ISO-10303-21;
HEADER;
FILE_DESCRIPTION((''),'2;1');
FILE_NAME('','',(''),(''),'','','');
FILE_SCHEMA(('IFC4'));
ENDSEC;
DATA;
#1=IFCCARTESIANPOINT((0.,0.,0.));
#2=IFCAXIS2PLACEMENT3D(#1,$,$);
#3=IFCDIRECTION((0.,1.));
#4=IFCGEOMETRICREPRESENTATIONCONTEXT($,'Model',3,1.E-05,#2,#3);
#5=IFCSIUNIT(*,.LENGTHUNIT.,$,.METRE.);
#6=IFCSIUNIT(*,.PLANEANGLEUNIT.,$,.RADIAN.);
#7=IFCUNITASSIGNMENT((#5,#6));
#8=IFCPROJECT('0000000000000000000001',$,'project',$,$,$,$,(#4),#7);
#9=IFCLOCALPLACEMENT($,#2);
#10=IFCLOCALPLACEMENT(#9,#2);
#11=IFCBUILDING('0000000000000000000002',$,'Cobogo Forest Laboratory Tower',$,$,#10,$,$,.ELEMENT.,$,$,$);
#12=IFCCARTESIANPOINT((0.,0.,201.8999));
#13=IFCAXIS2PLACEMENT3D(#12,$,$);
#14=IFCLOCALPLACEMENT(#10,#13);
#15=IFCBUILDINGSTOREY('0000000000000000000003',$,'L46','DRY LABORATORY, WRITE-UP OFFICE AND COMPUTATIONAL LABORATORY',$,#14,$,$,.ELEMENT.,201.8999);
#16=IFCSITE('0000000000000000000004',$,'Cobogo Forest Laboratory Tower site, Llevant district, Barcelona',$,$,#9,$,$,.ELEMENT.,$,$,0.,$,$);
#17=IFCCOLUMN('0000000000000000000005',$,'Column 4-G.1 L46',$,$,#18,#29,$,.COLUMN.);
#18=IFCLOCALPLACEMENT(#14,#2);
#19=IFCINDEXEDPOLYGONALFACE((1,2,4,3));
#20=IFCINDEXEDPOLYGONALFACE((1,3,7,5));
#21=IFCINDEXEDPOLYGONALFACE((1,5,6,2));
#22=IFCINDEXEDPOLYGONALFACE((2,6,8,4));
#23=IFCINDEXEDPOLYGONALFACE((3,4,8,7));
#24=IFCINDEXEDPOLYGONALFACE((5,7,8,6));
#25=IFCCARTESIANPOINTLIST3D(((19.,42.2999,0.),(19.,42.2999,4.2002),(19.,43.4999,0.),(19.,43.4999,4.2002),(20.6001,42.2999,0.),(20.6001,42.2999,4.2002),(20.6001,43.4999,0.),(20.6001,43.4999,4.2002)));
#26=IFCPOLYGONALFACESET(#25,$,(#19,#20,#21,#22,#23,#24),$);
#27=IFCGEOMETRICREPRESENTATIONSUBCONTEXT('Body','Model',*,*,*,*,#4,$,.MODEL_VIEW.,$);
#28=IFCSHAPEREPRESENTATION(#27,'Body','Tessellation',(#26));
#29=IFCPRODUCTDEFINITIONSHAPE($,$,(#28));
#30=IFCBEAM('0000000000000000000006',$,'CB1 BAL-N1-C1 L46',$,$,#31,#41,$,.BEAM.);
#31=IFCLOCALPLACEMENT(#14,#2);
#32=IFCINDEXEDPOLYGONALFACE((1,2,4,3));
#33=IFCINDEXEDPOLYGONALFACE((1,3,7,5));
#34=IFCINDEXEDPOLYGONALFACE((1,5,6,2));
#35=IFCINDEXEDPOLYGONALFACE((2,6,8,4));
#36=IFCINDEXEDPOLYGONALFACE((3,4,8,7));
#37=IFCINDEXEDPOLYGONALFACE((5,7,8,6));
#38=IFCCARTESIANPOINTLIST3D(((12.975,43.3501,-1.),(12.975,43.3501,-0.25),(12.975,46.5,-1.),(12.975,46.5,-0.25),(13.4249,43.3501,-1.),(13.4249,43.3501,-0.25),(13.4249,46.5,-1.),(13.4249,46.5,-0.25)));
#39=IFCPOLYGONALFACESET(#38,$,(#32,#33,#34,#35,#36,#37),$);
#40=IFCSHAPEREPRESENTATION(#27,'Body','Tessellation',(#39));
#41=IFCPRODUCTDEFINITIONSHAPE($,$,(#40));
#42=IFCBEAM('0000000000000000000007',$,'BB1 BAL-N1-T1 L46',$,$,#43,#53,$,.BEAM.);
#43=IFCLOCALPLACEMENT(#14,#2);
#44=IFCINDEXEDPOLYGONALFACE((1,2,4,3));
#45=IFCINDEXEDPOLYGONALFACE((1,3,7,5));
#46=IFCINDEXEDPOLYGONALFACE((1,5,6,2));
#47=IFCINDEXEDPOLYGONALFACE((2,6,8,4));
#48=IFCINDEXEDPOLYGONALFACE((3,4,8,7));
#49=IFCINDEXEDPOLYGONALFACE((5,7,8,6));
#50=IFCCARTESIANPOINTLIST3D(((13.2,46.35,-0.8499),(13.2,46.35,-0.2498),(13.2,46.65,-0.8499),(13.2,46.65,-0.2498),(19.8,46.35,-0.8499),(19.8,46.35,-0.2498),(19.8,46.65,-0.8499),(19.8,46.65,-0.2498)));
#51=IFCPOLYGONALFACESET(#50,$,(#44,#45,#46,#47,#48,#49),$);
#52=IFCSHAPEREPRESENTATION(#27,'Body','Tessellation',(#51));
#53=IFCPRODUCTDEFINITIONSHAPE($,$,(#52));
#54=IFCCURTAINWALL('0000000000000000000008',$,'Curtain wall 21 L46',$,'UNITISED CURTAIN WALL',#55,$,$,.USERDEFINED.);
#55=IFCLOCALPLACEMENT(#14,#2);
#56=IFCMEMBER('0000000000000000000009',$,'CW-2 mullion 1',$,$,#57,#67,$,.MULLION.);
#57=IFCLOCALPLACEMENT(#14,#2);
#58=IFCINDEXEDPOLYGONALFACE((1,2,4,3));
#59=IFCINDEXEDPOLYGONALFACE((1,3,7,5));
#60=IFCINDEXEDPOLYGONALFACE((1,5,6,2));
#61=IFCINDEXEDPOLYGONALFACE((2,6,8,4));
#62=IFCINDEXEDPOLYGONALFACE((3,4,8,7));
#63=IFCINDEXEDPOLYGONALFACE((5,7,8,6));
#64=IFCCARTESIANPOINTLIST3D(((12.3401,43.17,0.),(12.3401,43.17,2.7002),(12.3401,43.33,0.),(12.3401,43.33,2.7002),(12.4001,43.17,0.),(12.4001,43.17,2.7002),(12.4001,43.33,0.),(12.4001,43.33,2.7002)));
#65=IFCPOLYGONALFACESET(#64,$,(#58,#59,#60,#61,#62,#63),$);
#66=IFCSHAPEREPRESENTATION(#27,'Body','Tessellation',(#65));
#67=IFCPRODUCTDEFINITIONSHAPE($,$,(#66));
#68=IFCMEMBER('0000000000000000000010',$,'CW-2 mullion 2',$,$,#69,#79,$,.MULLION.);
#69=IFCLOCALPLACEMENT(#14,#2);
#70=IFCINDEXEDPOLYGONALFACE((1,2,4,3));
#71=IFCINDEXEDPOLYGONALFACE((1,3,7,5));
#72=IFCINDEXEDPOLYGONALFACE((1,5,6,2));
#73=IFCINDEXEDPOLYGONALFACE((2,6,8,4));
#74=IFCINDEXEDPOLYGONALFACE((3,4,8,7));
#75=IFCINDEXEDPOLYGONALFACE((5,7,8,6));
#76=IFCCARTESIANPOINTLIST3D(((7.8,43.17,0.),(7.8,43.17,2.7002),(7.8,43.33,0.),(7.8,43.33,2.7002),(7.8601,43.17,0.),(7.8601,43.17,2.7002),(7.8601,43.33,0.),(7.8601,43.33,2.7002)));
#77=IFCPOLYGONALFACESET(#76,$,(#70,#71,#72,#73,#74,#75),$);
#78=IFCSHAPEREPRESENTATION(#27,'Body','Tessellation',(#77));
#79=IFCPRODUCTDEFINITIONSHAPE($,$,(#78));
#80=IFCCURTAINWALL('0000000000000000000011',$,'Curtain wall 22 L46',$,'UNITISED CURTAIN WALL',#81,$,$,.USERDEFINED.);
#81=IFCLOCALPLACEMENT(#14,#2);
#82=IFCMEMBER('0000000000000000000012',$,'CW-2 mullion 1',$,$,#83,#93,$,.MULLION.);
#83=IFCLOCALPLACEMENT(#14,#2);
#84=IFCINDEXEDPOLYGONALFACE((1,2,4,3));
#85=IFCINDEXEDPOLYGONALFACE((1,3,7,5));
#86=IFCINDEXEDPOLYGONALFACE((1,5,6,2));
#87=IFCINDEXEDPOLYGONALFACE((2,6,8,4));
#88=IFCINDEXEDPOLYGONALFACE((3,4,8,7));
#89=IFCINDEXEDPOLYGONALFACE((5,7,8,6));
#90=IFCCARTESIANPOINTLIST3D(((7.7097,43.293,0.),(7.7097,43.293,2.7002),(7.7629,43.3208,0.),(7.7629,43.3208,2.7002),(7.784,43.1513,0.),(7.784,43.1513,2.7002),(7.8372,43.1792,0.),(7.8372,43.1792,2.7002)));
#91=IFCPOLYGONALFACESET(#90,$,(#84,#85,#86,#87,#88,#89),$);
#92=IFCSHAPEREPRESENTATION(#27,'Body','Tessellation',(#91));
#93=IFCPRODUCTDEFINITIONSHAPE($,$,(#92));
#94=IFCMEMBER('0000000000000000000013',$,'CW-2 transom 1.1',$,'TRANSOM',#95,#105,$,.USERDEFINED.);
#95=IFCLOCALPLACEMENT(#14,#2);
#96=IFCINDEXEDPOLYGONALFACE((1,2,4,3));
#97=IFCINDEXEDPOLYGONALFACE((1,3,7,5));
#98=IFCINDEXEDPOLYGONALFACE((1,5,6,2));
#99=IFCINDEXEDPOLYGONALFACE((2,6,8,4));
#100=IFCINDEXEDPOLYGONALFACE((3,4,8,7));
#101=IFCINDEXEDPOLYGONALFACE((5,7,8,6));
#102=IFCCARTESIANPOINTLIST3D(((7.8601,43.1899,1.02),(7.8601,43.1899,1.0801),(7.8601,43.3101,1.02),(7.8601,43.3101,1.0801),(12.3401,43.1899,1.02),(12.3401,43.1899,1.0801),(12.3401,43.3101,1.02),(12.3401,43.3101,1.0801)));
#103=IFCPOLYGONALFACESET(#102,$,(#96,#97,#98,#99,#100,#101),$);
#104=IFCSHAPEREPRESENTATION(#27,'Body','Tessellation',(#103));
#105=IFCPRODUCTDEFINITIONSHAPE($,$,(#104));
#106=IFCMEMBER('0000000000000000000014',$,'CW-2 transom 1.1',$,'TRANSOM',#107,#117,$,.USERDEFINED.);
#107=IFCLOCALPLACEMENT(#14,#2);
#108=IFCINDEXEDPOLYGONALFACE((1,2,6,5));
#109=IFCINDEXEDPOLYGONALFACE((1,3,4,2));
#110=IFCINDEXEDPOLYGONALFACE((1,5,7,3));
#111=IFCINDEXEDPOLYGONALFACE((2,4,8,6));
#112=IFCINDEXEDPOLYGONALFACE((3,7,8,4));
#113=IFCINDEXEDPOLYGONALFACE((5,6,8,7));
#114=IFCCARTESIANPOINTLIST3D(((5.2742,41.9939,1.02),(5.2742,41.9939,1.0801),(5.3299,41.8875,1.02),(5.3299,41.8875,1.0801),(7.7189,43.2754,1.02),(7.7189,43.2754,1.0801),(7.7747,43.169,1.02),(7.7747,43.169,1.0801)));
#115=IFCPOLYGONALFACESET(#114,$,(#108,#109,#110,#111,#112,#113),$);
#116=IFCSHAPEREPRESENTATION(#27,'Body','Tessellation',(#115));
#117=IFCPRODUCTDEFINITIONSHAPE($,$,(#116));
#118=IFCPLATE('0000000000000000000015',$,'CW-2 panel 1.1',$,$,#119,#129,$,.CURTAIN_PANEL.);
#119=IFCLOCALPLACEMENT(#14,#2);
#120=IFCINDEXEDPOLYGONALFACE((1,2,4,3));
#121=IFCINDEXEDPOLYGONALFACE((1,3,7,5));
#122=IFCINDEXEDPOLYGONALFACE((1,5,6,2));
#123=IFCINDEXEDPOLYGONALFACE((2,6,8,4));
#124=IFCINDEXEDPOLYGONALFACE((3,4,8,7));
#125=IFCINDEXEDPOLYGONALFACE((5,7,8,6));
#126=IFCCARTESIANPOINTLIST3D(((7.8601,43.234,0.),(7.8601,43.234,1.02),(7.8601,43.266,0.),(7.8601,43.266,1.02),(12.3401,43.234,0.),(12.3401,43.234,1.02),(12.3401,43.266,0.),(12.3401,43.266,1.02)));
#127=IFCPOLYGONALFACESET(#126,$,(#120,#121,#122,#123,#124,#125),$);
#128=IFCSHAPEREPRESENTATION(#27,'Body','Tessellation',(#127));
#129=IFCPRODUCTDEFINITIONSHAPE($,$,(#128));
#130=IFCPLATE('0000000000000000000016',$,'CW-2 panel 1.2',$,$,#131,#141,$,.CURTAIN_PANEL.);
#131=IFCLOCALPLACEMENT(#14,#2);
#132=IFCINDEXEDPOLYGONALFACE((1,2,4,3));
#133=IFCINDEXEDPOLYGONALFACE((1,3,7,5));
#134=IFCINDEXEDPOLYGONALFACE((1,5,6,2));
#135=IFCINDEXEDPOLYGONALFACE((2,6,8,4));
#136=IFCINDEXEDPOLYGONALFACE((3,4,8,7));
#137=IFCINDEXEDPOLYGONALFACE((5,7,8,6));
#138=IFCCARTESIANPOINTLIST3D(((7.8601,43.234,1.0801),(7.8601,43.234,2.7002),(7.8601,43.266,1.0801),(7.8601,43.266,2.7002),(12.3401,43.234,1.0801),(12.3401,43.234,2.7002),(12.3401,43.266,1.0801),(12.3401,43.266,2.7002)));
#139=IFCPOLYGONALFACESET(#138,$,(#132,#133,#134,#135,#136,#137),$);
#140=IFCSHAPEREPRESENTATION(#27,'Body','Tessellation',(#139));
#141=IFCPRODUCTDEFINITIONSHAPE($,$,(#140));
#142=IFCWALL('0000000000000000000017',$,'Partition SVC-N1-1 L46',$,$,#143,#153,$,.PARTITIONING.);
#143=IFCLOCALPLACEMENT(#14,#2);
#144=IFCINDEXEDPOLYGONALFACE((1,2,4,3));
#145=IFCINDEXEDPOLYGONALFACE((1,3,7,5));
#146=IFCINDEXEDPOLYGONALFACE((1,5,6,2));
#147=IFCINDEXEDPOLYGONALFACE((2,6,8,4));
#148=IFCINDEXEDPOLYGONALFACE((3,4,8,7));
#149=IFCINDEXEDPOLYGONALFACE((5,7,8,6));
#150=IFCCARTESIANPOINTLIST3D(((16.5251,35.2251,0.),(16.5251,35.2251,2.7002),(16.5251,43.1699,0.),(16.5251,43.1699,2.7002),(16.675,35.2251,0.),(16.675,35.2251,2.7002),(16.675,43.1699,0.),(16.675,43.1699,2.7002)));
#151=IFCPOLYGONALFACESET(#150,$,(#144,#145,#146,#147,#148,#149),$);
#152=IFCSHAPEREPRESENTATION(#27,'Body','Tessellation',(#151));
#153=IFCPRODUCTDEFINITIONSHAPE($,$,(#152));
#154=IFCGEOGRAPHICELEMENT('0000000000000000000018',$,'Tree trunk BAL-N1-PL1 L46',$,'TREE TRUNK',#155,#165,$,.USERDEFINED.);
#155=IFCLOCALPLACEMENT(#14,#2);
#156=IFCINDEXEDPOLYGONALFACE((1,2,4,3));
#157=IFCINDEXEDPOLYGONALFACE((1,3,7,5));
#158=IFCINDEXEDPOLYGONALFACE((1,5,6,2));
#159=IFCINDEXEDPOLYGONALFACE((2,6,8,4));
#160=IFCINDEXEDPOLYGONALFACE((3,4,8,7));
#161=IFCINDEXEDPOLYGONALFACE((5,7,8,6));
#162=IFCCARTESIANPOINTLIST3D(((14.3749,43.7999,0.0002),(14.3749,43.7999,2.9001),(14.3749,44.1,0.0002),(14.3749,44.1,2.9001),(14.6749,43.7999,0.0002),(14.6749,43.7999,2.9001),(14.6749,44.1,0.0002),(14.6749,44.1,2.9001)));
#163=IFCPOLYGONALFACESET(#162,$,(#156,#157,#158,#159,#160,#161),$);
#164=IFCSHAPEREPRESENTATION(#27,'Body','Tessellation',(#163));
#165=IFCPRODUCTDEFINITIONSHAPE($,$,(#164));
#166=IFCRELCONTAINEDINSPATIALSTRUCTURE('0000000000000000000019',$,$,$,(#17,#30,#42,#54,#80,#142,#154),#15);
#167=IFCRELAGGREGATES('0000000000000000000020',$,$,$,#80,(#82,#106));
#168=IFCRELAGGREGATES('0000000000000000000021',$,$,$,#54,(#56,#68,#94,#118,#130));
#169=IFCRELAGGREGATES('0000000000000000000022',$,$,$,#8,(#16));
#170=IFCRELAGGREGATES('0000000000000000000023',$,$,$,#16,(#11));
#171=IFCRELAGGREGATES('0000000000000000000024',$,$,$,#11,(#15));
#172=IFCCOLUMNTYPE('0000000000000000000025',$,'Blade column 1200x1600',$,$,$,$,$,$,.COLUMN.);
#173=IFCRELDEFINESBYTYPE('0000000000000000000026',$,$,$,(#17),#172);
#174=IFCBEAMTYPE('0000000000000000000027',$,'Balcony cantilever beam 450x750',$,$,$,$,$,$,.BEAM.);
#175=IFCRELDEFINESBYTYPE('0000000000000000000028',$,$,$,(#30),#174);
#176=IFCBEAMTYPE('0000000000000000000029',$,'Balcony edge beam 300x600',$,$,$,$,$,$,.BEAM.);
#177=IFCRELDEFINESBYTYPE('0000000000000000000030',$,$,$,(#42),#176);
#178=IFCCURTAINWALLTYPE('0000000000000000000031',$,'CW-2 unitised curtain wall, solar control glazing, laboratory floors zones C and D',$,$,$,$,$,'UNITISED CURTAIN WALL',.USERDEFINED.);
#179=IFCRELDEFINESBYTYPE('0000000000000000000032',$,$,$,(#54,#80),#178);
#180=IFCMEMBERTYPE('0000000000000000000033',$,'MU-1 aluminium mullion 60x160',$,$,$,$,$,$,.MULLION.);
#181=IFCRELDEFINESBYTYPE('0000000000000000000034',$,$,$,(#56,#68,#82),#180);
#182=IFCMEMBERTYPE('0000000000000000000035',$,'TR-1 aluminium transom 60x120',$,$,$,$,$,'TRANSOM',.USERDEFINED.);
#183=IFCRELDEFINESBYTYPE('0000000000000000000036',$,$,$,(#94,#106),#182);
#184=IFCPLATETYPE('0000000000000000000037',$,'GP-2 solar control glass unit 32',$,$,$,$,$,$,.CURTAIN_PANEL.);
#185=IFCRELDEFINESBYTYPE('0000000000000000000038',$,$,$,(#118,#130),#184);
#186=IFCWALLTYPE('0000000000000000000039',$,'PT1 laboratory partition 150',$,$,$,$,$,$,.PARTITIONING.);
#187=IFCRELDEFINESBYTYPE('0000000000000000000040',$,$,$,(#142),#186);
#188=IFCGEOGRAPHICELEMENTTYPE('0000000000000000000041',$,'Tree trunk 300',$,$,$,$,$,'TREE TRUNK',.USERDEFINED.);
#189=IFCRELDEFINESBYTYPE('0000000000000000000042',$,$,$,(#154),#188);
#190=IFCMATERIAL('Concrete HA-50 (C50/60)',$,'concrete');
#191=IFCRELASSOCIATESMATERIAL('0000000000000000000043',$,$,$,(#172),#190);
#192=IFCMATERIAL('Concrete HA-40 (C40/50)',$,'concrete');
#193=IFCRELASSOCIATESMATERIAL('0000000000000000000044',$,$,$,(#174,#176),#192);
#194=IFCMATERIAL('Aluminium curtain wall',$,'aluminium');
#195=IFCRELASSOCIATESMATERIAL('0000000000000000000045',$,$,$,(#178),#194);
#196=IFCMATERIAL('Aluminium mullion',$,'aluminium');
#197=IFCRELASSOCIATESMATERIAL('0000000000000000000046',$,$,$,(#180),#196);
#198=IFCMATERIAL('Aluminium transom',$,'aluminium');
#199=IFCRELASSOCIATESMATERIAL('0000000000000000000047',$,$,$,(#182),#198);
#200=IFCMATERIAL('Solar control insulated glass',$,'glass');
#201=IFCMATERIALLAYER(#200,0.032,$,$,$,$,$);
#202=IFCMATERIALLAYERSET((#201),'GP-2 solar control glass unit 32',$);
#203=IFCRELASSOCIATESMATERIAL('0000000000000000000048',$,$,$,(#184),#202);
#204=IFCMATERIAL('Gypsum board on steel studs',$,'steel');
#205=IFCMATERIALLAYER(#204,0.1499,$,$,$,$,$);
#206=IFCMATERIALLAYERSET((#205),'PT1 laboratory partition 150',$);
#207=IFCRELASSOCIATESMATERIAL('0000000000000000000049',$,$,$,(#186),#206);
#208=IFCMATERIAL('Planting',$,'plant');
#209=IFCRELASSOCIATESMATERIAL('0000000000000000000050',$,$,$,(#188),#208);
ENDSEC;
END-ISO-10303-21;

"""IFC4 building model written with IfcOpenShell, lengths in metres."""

from ifc_helpers import new_model, si_unit, direction, frame, frame_2d, origin, origin_2d, place, context, subcontext, project, spatial, rectangle, extrude, material, layer, layer_set, material_profile, profile_set, type_object, element, aggregate, save


model = new_model("IFC4")

# Units and contexts
model_context = context("Model", 3, precision=1e-05, world=origin(), true_north=direction((0.0, 1.0)))
body_context = subcontext(model_context, "Body", "Model", "MODEL_VIEW")
ifc_project = project(units=[si_unit("LENGTHUNIT", "METRE"), si_unit("PLANEANGLEUNIT", "RADIAN")], contexts=[model_context])

# Site, building, storey
site_placement = place(None, origin())
site = spatial("IfcSite", under=ifc_project, at=site_placement, Name="Cobogo Forest Laboratory Tower site, Llevant district, Barcelona", CompositionType="ELEMENT", RefElevation=0.0)
building_placement = place(site_placement, origin())
building = spatial("IfcBuilding", under=site, at=building_placement, Name="Cobogo Forest Laboratory Tower", CompositionType="ELEMENT")
storey_placement = place(building_placement, frame((0.0, 0.0, 201.8999)))
storey = spatial("IfcBuildingStorey", under=building, at=storey_placement, Name="L46", Description="DRY LABORATORY, WRITE-UP OFFICE AND COMPUTATIONAL LABORATORY", CompositionType="ELEMENT", Elevation=201.8999)

# Column
ifc_material_1 = material(Name="Concrete HA-50 (C50/60)", Category="concrete")
ifc_material_profile_1 = material_profile(ifc_material_1, rectangle(XDim=1.6001, YDim=1.2, at=origin_2d()), Name="RC 1200x1600")
ifc_profile_set_1 = profile_set([ifc_material_profile_1], Name="Concrete HA-50 (C50/60)")
column_type = type_object("IfcColumnType", Name="Blade column 1200x1600", PredefinedType="COLUMN", material=ifc_profile_set_1)
column_placement = place(storey_placement, frame((19.8, 42.8999, 0.0), z_axis=(0.0, 0.0, 1.0), x_axis=(1.0, 0.0, 0.0)))
element("IfcColumn", 1, at=column_placement, inside=storey, type_object=column_type, Name="Column 4-G.1 L46", PredefinedType="COLUMN", context=body_context, shape_type="SweptSolid", body=[
    extrude(rectangle(XDim=1.6001, YDim=1.2, at=origin_2d()), origin(), (0.0, 0.0, 1.0), 4.2002),
])

# Beams
ifc_material_2 = material(Name="Concrete HA-40 (C40/50)", Category="concrete")
ifc_material_profile_2 = material_profile(ifc_material_2, rectangle(XDim=0.45, YDim=0.75, at=origin_2d()), Name="RC 450x750")
ifc_profile_set_2 = profile_set([ifc_material_profile_2], Name="Concrete HA-40 (C40/50)")
beam_type_1 = type_object("IfcBeamType", Name="Balcony cantilever beam 450x750", PredefinedType="BEAM", material=ifc_profile_set_2)
beam_1_placement = place(storey_placement, frame((13.2, 43.3501, -0.625), z_axis=(0.0, 1.0, 0.0), x_axis=(-1.0, 0.0, 0.0)))
element("IfcBeam", 2, at=beam_1_placement, inside=storey, type_object=beam_type_1, Name="CB1 BAL-N1-C1 L46", PredefinedType="BEAM", context=body_context, shape_type="SweptSolid", body=[
    extrude(rectangle(XDim=0.45, YDim=0.75, at=origin_2d()), origin(), (0.0, 0.0, 1.0), 3.1499),
])
ifc_material_profile_3 = material_profile(ifc_material_2, rectangle(XDim=0.3, YDim=0.6001, at=origin_2d()), Name="RC 300x600")
ifc_profile_set_3 = profile_set([ifc_material_profile_3], Name="Concrete HA-40 (C40/50)")
beam_type_2 = type_object("IfcBeamType", Name="Balcony edge beam 300x600", PredefinedType="BEAM", material=ifc_profile_set_3)
beam_2_placement = place(storey_placement, frame((13.2, 46.5, -0.5498), z_axis=(1.0, 0.0, 0.0), x_axis=(0.0, 1.0, 0.0)))
element("IfcBeam", 3, at=beam_2_placement, inside=storey, type_object=beam_type_2, Name="BB1 BAL-N1-T1 L46", PredefinedType="BEAM", context=body_context, shape_type="SweptSolid", body=[
    extrude(rectangle(XDim=0.3, YDim=0.6001, at=origin_2d()), origin(), (0.0, 0.0, 1.0), 6.6001),
])

# Curtain wall, members
ifc_material_3 = material(Name="Aluminium curtain wall", Category="aluminium")
curtain_wall_type = type_object("IfcCurtainWallType", Name="CW-2 unitised curtain wall, solar control glazing, laboratory floors zones C and D", ElementType="UNITISED CURTAIN WALL", PredefinedType="USERDEFINED", material=ifc_material_3)
curtain_wall_1_placement = place(storey_placement, origin())
curtain_wall_1 = element("IfcCurtainWall", 4, at=curtain_wall_1_placement, inside=storey, type_object=curtain_wall_type, Name="Curtain wall 21 L46", ObjectType="UNITISED CURTAIN WALL", PredefinedType="USERDEFINED")
ifc_material_4 = material(Name="Aluminium mullion", Category="aluminium")
ifc_material_profile_4 = material_profile(ifc_material_4, rectangle(XDim=0.0601, YDim=0.1599, at=origin_2d()), Name="AL 60x160")
ifc_profile_set_4 = profile_set([ifc_material_profile_4], Name="Aluminium mullion")
member_type_1 = type_object("IfcMemberType", Name="MU-1 aluminium mullion 60x160", PredefinedType="MULLION", material=ifc_profile_set_4)
member_1_placement = place(storey_placement, frame((12.3701, 43.25, 0.0), z_axis=(0.0, 0.0, 1.0), x_axis=(-1.0, 0.0, 0.0)))
member_1 = element("IfcMember", 5, at=member_1_placement, type_object=member_type_1, Name="CW-2 mullion 1", PredefinedType="MULLION", context=body_context, shape_type="SweptSolid", body=[
    extrude(rectangle(XDim=0.0601, YDim=0.1599, at=origin_2d()), origin(), (0.0, 0.0, 1.0), 2.7002),
])
member_2_placement = place(storey_placement, frame((7.8301, 43.25, 0.0), z_axis=(0.0, 0.0, 1.0), x_axis=(-1.0, 0.0, 0.0)))
member_2 = element("IfcMember", 6, at=member_2_placement, type_object=member_type_1, Name="CW-2 mullion 2", PredefinedType="MULLION", context=body_context, shape_type="SweptSolid", body=[
    extrude(rectangle(XDim=0.0601, YDim=0.1599, at=origin_2d()), origin(), (0.0, 0.0, 1.0), 2.7002),
])

# Curtain wall, member
curtain_wall_2_placement = place(storey_placement, origin())
curtain_wall_2 = element("IfcCurtainWall", 7, at=curtain_wall_2_placement, inside=storey, type_object=curtain_wall_type, Name="Curtain wall 22 L46", ObjectType="UNITISED CURTAIN WALL", PredefinedType="USERDEFINED")
member_3_placement = place(storey_placement, frame((7.7734, 43.2361, 0.0), z_axis=(0.0, 0.0, 1.0), x_axis=(-0.885686, -0.464284, 0.0)))
member_3 = element("IfcMember", 8, at=member_3_placement, type_object=member_type_1, Name="CW-2 mullion 1", PredefinedType="MULLION", context=body_context, shape_type="SweptSolid", body=[
    extrude(rectangle(XDim=0.0601, YDim=0.1599, at=origin_2d()), origin(), (0.0, 0.0, 1.0), 2.7002),
])

# Members
ifc_material_5 = material(Name="Aluminium transom", Category="aluminium")
ifc_material_profile_5 = material_profile(ifc_material_5, rectangle(XDim=0.1201, YDim=0.0601, at=origin_2d()), Name="AL 60x120")
ifc_profile_set_5 = profile_set([ifc_material_profile_5], Name="Aluminium transom")
member_type_2 = type_object("IfcMemberType", Name="TR-1 aluminium transom 60x120", ElementType="TRANSOM", PredefinedType="USERDEFINED", material=ifc_profile_set_5)
member_4_placement = place(storey_placement, frame((12.3401, 43.25, 1.05), z_axis=(-1.0, 0.0, 0.0), x_axis=(0.0, -1.0, 0.0)))
member_4 = element("IfcMember", 9, at=member_4_placement, type_object=member_type_2, Name="CW-2 transom 1.1", ObjectType="TRANSOM", PredefinedType="USERDEFINED", context=body_context, shape_type="SweptSolid", body=[
    extrude(rectangle(XDim=0.1201, YDim=0.0601, at=origin_2d()), origin(), (0.0, 0.0, 1.0), 4.48),
])
member_5_placement = place(storey_placement, frame((7.7468, 43.2222, 1.05), z_axis=(-0.885702, -0.464255, 0.0), x_axis=(0.464255, -0.885702, 0.0)))
member_5 = element("IfcMember", 10, at=member_5_placement, type_object=member_type_2, Name="CW-2 transom 1.1", ObjectType="TRANSOM", PredefinedType="USERDEFINED", context=body_context, shape_type="SweptSolid", body=[
    extrude(rectangle(XDim=0.1201, YDim=0.0601, at=origin_2d()), origin(), (0.0, 0.0, 1.0), 2.7603),
])
aggregate(curtain_wall_2, [member_3, member_5])

# Plates
ifc_material_6 = material(Name="Solar control insulated glass", Category="glass")
ifc_layer_1 = layer(ifc_material_6, 0.032)
ifc_layer_set_1 = layer_set([ifc_layer_1], Name="GP-2 solar control glass unit 32")
plate_type = type_object("IfcPlateType", Name="GP-2 solar control glass unit 32", PredefinedType="CURTAIN_PANEL", material=ifc_layer_set_1)
plate_1_placement = place(storey_placement, frame((10.1001, 43.25, 0.0), z_axis=(0.0, 0.0, 1.0), x_axis=(-1.0, 0.0, 0.0)))
plate_1 = element("IfcPlate", 11, at=plate_1_placement, type_object=plate_type, Name="CW-2 panel 1.1", PredefinedType="CURTAIN_PANEL", context=body_context, shape_type="SweptSolid", body=[
    extrude(rectangle(XDim=4.48, YDim=0.032, at=origin_2d()), origin(), (0.0, 0.0, 1.0), 1.02),
])
plate_2_placement = place(storey_placement, frame((10.1001, 43.25, 1.0801), z_axis=(0.0, 0.0, 1.0), x_axis=(-1.0, 0.0, 0.0)))
plate_2 = element("IfcPlate", 12, at=plate_2_placement, type_object=plate_type, Name="CW-2 panel 1.2", PredefinedType="CURTAIN_PANEL", context=body_context, shape_type="SweptSolid", body=[
    extrude(rectangle(XDim=4.48, YDim=0.032, at=origin_2d()), origin(), (0.0, 0.0, 1.0), 1.6201),
])
aggregate(curtain_wall_1, [member_1, member_2, member_4, plate_1, plate_2])

# Wall
ifc_material_7 = material(Name="Gypsum board on steel studs", Category="steel")
ifc_layer_2 = layer(ifc_material_7, 0.1499)
ifc_layer_set_2 = layer_set([ifc_layer_2], Name="PT1 laboratory partition 150")
wall_type_1 = type_object("IfcWallType", Name="PT1 laboratory partition 150", PredefinedType="PARTITIONING", material=ifc_layer_set_2)
wall_1_placement = place(storey_placement, frame((16.6001, 43.1699, 0.0), z_axis=(0.0, 0.0, 1.0), x_axis=(0.0, -1.0, 0.0)))
element("IfcWall", 13, at=wall_1_placement, inside=storey, type_object=wall_type_1, Name="Partition SVC-N1-1 L46", PredefinedType="PARTITIONING", context=body_context, shape_type="SweptSolid", body=[
    extrude(rectangle(XDim=7.9448, YDim=0.1499, at=frame_2d((3.9724, 0.0))), origin(), (0.0, 0.0, 1.0), 2.7002),
])

# Geographic element
ifc_material_8 = material(Name="Planting", Category="plant")
geographic_element_type = type_object("IfcGeographicElementType", Name="Tree trunk 300", ElementType="TREE TRUNK", PredefinedType="USERDEFINED", material=ifc_material_8)
geographic_element_placement = place(storey_placement, frame((14.5249, 43.95, 0.0002), z_axis=(0.0, 0.0, 1.0), x_axis=(1.0, 0.0, 0.0)))
element("IfcGeographicElement", 14, at=geographic_element_placement, inside=storey, type_object=geographic_element_type, Name="Tree trunk BAL-N1-PL1 L46", ObjectType="TREE TRUNK", PredefinedType="USERDEFINED", context=body_context, shape_type="SweptSolid", body=[
    extrude(rectangle(XDim=0.3, YDim=0.3, at=origin_2d()), origin(), (0.0, 0.0, 1.0), 2.8999),
])

save(model, "model.ifc")
